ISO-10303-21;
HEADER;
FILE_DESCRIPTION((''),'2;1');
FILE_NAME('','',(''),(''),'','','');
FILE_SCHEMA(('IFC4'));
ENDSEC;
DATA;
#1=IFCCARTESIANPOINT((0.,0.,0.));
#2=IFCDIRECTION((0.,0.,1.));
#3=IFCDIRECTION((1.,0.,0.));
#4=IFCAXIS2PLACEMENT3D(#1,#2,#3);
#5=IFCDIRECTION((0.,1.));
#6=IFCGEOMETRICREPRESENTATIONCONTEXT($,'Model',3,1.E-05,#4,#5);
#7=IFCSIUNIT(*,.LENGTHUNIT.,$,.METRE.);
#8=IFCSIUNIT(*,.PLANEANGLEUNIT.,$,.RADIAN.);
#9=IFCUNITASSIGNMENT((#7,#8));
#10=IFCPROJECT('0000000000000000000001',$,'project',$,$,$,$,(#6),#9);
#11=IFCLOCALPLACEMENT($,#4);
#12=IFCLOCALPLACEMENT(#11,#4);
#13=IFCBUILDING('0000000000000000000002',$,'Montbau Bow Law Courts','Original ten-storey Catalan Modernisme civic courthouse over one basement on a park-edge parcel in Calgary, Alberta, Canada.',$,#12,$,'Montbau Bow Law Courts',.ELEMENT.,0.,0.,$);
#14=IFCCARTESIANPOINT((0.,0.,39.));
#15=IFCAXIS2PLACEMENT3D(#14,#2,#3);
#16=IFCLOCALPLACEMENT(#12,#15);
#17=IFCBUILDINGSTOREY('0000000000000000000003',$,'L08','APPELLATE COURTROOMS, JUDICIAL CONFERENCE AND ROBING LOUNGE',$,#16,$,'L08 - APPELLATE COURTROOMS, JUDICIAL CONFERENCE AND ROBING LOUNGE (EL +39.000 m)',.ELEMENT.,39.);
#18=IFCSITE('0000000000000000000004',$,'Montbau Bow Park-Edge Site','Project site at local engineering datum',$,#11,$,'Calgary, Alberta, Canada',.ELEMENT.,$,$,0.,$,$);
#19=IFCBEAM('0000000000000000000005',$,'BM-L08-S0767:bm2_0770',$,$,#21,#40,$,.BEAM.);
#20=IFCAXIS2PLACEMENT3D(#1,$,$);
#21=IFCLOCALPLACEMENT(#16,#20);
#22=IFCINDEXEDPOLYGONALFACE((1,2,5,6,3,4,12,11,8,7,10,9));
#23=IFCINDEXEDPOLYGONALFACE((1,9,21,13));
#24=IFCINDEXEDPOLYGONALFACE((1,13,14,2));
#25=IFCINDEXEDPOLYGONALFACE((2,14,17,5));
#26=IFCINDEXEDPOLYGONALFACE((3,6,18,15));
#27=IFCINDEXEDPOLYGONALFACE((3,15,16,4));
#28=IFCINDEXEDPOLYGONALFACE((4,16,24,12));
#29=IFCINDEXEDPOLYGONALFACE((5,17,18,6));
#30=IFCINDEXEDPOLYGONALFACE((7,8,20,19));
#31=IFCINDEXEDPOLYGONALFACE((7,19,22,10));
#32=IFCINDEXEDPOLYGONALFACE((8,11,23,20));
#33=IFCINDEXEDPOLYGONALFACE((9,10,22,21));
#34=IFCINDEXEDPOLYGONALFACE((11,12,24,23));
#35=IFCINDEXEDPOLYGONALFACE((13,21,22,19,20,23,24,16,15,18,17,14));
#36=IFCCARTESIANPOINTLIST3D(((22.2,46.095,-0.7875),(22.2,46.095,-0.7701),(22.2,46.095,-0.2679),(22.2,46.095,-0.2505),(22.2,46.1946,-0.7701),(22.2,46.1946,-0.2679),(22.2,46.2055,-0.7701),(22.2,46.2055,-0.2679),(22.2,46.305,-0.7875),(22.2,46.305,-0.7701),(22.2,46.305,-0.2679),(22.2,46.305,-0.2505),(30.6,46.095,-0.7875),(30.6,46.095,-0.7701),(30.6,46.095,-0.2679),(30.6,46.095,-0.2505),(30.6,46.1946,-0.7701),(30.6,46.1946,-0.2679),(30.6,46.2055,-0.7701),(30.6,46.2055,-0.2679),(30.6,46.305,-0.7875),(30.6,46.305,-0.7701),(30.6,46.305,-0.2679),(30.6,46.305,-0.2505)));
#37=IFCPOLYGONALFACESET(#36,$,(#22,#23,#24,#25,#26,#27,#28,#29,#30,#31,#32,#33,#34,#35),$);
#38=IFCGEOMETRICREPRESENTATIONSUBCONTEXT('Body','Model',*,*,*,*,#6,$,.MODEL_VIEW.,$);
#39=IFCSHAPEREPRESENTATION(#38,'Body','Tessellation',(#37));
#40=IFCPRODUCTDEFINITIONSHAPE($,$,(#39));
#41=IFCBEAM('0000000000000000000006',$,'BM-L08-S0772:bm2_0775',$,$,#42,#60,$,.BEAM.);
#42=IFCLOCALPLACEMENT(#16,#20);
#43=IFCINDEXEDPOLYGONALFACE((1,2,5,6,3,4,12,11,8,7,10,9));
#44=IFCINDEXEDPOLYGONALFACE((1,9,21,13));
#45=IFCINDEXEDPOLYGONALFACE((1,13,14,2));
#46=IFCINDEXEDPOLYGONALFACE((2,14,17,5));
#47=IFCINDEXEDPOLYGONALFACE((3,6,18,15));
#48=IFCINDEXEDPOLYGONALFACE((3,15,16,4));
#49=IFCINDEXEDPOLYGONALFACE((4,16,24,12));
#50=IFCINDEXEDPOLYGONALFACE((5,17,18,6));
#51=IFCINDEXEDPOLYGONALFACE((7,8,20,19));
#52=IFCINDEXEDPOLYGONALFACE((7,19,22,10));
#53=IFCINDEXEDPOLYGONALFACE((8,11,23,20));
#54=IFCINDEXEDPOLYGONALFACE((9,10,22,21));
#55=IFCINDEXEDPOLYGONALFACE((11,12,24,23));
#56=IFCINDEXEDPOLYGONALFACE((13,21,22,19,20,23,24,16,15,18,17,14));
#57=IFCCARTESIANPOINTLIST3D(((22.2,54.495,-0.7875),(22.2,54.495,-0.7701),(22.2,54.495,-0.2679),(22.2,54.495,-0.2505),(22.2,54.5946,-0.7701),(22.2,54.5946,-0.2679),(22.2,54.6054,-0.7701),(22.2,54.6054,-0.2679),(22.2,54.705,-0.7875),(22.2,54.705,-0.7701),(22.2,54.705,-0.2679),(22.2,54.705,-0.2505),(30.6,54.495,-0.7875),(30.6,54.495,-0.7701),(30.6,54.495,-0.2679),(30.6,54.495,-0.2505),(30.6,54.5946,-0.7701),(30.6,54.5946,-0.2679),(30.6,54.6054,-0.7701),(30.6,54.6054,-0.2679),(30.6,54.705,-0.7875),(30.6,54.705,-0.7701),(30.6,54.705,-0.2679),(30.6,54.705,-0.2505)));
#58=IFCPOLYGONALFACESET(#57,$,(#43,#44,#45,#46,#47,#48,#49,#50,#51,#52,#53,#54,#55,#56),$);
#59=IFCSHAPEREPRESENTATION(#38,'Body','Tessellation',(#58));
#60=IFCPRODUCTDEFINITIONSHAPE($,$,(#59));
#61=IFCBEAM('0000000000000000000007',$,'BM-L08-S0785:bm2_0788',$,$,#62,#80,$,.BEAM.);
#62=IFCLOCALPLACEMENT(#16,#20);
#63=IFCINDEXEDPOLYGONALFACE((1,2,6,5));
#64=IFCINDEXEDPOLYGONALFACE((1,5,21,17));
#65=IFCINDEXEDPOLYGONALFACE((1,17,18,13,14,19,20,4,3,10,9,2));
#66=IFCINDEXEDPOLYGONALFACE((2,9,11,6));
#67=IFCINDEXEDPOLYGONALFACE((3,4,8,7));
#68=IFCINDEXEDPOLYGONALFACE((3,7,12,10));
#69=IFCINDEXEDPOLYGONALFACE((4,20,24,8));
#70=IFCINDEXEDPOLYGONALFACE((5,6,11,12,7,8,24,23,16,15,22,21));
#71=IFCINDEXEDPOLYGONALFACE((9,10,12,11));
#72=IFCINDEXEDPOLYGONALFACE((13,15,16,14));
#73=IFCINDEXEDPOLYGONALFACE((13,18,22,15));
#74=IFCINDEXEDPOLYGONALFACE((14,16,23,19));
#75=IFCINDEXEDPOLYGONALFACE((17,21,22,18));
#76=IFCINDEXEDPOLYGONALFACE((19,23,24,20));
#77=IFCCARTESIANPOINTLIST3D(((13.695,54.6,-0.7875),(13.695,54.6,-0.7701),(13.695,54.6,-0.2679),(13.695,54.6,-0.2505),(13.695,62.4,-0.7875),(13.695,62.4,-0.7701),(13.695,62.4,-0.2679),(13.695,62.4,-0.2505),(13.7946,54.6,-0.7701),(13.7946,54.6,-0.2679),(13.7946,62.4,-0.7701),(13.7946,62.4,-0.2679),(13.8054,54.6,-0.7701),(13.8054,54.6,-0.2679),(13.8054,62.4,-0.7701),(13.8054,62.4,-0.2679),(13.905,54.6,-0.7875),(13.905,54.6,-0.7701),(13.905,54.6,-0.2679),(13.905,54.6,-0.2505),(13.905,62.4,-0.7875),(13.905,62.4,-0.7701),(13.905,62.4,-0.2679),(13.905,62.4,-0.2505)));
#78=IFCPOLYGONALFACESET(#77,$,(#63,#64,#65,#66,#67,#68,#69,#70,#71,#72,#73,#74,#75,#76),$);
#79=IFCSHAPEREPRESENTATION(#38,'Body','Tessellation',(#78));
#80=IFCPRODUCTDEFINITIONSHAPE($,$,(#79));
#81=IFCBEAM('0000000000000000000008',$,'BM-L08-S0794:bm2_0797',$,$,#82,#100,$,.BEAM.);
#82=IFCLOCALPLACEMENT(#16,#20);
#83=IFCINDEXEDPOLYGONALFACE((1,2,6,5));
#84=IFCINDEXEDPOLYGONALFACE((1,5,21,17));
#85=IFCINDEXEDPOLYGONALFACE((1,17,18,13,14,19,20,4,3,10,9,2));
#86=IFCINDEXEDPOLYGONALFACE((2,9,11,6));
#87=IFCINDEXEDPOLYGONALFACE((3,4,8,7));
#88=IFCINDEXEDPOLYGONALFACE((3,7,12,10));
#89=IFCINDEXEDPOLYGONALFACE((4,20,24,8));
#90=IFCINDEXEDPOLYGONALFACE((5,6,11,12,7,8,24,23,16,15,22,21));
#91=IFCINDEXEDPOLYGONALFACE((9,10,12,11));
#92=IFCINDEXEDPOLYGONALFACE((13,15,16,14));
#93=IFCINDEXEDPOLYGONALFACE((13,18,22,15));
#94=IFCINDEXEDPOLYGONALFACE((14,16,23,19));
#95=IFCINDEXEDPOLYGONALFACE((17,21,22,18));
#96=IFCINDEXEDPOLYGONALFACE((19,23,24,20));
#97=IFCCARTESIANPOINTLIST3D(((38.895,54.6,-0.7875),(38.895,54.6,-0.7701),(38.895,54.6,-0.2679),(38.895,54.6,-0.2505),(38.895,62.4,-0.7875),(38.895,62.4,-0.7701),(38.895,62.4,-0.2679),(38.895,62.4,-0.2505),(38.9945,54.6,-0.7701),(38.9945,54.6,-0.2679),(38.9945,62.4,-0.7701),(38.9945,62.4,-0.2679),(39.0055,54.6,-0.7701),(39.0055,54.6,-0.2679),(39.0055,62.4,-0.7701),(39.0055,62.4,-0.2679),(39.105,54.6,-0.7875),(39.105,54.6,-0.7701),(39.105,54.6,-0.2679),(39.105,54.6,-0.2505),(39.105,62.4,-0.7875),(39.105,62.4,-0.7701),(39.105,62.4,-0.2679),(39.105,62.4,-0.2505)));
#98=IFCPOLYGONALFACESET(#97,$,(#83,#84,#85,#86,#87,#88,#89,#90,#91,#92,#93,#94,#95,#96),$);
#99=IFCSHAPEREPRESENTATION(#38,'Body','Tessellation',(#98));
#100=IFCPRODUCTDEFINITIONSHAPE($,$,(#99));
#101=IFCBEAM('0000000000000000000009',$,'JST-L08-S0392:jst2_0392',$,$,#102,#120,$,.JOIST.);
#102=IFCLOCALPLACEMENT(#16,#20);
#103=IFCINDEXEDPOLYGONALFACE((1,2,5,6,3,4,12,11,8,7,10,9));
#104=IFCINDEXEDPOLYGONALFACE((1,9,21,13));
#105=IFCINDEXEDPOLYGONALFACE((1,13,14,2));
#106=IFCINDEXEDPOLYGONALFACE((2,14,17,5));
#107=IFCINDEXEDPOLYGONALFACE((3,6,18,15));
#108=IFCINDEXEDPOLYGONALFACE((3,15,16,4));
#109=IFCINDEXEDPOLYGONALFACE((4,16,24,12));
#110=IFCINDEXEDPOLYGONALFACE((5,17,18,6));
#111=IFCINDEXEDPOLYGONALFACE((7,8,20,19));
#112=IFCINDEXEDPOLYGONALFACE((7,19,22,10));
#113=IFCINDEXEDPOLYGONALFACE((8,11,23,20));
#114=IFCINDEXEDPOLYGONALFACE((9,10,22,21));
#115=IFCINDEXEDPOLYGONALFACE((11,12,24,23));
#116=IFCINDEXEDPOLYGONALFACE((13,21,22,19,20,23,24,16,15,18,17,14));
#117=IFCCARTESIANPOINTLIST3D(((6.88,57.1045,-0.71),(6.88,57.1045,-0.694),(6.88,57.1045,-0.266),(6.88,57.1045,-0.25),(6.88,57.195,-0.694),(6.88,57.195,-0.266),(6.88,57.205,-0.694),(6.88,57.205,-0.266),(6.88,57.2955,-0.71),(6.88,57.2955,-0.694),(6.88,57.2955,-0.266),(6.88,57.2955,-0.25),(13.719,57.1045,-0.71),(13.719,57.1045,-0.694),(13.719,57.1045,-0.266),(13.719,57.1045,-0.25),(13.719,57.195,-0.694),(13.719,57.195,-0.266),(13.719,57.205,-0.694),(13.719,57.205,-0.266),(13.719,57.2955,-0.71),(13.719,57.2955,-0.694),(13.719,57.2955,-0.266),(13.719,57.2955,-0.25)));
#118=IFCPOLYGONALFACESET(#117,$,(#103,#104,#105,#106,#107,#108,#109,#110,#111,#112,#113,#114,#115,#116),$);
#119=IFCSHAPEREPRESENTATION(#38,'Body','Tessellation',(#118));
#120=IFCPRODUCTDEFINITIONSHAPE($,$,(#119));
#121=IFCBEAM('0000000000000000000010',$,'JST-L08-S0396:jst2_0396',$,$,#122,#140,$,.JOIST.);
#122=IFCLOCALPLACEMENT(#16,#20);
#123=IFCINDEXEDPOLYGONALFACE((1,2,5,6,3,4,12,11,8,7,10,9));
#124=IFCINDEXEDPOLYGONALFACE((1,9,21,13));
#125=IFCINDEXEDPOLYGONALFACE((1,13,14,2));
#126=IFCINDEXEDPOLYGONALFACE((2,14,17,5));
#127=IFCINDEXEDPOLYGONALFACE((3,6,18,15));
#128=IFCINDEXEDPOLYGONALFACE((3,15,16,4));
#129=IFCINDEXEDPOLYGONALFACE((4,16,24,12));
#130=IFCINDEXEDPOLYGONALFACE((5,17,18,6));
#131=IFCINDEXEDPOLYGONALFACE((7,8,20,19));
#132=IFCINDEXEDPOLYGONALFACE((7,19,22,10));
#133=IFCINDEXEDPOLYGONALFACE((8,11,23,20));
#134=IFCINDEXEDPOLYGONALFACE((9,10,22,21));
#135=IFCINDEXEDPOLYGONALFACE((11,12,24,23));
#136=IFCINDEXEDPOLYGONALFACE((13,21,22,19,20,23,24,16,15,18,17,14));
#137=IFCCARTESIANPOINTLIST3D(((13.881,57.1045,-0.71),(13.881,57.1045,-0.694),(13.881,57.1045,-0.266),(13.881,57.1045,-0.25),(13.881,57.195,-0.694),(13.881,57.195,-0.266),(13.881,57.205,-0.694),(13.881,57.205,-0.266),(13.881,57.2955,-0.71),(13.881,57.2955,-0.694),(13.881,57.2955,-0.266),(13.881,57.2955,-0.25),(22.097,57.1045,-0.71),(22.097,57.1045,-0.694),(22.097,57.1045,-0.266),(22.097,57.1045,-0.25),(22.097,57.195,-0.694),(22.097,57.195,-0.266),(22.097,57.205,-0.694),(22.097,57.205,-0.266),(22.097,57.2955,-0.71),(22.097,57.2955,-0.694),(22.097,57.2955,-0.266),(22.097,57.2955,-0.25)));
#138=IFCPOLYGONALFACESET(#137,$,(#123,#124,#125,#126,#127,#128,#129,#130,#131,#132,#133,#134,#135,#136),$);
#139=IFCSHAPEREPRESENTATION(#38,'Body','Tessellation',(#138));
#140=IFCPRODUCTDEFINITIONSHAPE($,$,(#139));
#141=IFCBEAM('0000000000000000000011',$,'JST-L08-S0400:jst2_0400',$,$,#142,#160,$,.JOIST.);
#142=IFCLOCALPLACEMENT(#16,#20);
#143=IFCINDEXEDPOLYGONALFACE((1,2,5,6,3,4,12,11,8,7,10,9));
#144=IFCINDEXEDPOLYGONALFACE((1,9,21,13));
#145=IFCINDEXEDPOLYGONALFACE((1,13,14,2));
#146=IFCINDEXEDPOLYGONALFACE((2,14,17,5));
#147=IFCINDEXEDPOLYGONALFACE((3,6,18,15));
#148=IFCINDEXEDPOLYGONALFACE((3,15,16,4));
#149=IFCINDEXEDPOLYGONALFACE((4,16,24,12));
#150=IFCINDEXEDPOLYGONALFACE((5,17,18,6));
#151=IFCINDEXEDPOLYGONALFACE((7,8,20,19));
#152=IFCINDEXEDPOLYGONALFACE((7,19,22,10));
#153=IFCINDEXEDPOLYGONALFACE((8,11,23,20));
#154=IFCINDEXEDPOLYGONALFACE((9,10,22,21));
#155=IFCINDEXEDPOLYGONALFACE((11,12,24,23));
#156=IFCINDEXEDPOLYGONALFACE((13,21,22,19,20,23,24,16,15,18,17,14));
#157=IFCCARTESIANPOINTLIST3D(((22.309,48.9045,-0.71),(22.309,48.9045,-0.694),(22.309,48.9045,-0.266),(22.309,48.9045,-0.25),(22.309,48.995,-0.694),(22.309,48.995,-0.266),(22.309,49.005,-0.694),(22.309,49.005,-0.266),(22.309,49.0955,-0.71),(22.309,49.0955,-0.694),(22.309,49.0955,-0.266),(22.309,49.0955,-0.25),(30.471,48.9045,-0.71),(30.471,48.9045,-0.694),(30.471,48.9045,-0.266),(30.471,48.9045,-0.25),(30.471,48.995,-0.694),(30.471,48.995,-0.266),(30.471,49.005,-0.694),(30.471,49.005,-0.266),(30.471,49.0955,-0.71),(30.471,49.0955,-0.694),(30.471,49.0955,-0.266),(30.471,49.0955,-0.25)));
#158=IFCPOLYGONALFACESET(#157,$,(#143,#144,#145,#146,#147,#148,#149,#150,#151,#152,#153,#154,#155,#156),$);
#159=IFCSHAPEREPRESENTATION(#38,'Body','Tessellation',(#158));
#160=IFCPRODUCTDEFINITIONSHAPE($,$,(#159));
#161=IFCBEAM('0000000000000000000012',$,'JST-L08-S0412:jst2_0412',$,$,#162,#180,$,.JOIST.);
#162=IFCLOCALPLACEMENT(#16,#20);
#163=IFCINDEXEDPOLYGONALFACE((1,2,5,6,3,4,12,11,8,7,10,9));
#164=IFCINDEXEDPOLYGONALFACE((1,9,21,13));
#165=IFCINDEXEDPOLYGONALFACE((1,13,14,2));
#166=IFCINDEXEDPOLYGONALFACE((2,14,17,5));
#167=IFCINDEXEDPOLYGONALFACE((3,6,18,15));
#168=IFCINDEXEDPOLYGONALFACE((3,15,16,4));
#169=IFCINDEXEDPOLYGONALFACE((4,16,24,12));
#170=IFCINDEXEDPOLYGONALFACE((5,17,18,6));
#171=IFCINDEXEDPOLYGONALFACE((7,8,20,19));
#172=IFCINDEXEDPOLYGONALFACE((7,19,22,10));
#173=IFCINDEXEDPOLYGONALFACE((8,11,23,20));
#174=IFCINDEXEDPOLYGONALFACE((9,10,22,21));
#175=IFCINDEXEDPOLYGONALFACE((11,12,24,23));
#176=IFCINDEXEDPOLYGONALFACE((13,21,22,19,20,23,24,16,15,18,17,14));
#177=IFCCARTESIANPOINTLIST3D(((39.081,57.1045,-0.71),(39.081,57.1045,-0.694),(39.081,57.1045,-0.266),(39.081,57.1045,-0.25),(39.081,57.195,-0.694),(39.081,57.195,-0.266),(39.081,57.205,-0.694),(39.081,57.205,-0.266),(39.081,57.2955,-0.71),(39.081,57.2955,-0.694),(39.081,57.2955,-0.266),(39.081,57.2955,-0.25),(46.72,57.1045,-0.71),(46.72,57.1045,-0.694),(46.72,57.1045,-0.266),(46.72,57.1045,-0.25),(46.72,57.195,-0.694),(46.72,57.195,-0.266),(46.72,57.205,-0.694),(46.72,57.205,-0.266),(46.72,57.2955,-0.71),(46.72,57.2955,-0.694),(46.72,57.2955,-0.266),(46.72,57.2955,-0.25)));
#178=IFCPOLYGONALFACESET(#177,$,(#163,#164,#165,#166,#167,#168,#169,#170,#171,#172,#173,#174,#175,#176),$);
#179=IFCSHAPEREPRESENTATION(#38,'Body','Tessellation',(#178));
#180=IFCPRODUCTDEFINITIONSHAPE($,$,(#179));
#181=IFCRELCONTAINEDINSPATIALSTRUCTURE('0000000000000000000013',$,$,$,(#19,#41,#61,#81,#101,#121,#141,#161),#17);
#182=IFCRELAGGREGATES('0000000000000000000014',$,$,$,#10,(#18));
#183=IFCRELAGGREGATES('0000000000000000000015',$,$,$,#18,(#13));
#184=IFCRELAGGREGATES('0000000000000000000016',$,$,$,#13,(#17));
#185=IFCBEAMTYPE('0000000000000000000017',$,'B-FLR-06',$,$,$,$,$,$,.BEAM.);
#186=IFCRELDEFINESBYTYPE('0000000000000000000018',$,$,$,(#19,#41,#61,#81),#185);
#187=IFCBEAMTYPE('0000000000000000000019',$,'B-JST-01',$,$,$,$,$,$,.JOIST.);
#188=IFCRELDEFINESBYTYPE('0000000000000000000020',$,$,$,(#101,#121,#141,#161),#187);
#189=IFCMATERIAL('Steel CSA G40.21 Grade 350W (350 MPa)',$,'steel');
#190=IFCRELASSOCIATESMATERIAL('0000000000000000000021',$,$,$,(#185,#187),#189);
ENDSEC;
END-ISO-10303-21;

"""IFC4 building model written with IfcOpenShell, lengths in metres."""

from ifc_helpers import new_model, si_unit, direction, frame, origin_with_axes, origin_2d_with_axis, place, context, subcontext, project, spatial, i_section, extrude, material, material_profile, profile_set, type_object, element, save


model = new_model("IFC4")

# Units and contexts
model_context = context("Model", 3, precision=1e-05, world=origin_with_axes(), true_north=direction((0.0, 1.0)))
body_context = subcontext(model_context, "Body", "Model", "MODEL_VIEW")
ifc_project = project(units=[si_unit("LENGTHUNIT", "METRE"), si_unit("PLANEANGLEUNIT", "RADIAN")], contexts=[model_context])

# Site, building, storey
site_placement = place(None, origin_with_axes())
site = spatial("IfcSite", under=ifc_project, at=site_placement, Name="Montbau Bow Park-Edge Site", Description="Project site at local engineering datum", LongName="Calgary, Alberta, Canada", CompositionType="ELEMENT", RefElevation=0.0)
building_placement = place(site_placement, origin_with_axes())
building = spatial("IfcBuilding", under=site, at=building_placement, Name="Montbau Bow Law Courts", Description="Original ten-storey Catalan Modernisme civic courthouse over one basement on a park-edge parcel in Calgary, Alberta, Canada.", LongName="Montbau Bow Law Courts", CompositionType="ELEMENT", ElevationOfRefHeight=0.0, ElevationOfTerrain=0.0)
storey_placement = place(building_placement, frame((0.0, 0.0, 39.0), z_axis=(0.0, 0.0, 1.0), x_axis=(1.0, 0.0, 0.0)))
storey = spatial("IfcBuildingStorey", under=building, at=storey_placement, Name="L08", Description="APPELLATE COURTROOMS, JUDICIAL CONFERENCE AND ROBING LOUNGE", LongName="L08 - APPELLATE COURTROOMS, JUDICIAL CONFERENCE AND ROBING LOUNGE (EL +39.000 m)", CompositionType="ELEMENT", Elevation=39.0)

# Beams
ifc_material_1 = material(Name="Steel CSA G40.21 Grade 350W (350 MPa)", Category="steel")
ifc_material_profile_1 = material_profile(ifc_material_1, i_section(OverallWidth=0.21, OverallDepth=0.537, WebThickness=0.0109, FlangeThickness=0.0174, at=origin_2d_with_axis()), Name="W530X101", Category="Main", Priority=0)
ifc_profile_set_1 = profile_set([ifc_material_profile_1], Name="Steel CSA G40.21 Grade 350W (350 MPa)")
beam_type_1 = type_object("IfcBeamType", Name="B-FLR-06", PredefinedType="BEAM", material=ifc_profile_set_1)
for number, where, z_axis, x_axis, name in (
    (1, (22.2, 46.2, 38.481), (1.0, 0.0, 0.0), (0.0, 1.0, 0.0), "BM-L08-S0767:bm2_0770"),
    (2, (22.2, 54.6, 38.481), (1.0, 0.0, 0.0), (0.0, 1.0, 0.0), "BM-L08-S0772:bm2_0775"),
):
    element("IfcBeam", number, at=place(None, frame(where, z_axis=z_axis, x_axis=x_axis)), inside=storey, type_object=beam_type_1, Name=name, PredefinedType="BEAM", context=body_context, shape_type="SweptSolid", body=[
        extrude(i_section(OverallWidth=0.21, OverallDepth=0.537, WebThickness=0.0109, FlangeThickness=0.0174, at=origin_2d_with_axis()), origin_with_axes(), (0.0, 0.0, 1.0), 8.4),
    ])
for number, where, z_axis, x_axis, name in (
    (3, (13.8, 54.6, 38.481), (0.0, 1.0, 0.0), (-1.0, 0.0, 0.0), "BM-L08-S0785:bm2_0788"),
    (4, (39.0, 54.6, 38.481), (0.0, 1.0, 0.0), (-1.0, 0.0, 0.0), "BM-L08-S0794:bm2_0797"),
):
    element("IfcBeam", number, at=place(None, frame(where, z_axis=z_axis, x_axis=x_axis)), inside=storey, type_object=beam_type_1, Name=name, PredefinedType="BEAM", context=body_context, shape_type="SweptSolid", body=[
        extrude(i_section(OverallWidth=0.21, OverallDepth=0.537, WebThickness=0.0109, FlangeThickness=0.0174, at=origin_2d_with_axis()), origin_with_axes(), (0.0, 0.0, 1.0), 7.8),
    ])
ifc_material_profile_2 = material_profile(ifc_material_1, i_section(OverallWidth=0.191, OverallDepth=0.46, WebThickness=0.0099, FlangeThickness=0.016, at=origin_2d_with_axis()), Name="W460X82", Category="Main", Priority=0)
ifc_profile_set_2 = profile_set([ifc_material_profile_2], Name="Steel CSA G40.21 Grade 350W (350 MPa)")
beam_type_2 = type_object("IfcBeamType", Name="B-JST-01", PredefinedType="JOIST", material=ifc_profile_set_2)
beam_1_placement = place(None, frame((6.88, 57.2, 38.52), z_axis=(1.0, 0.0, 0.0), x_axis=(0.0, 1.0, 0.0)))
element("IfcBeam", 5, at=beam_1_placement, inside=storey, type_object=beam_type_2, Name="JST-L08-S0392:jst2_0392", PredefinedType="JOIST", context=body_context, shape_type="SweptSolid", body=[
    extrude(i_section(OverallWidth=0.191, OverallDepth=0.46, WebThickness=0.0099, FlangeThickness=0.016, at=origin_2d_with_axis()), origin_with_axes(), (0.0, 0.0, 1.0), 6.839),
])
beam_2_placement = place(None, frame((13.881, 57.2, 38.52), z_axis=(1.0, 0.0, 0.0), x_axis=(0.0, 1.0, 0.0)))
element("IfcBeam", 6, at=beam_2_placement, inside=storey, type_object=beam_type_2, Name="JST-L08-S0396:jst2_0396", PredefinedType="JOIST", context=body_context, shape_type="SweptSolid", body=[
    extrude(i_section(OverallWidth=0.191, OverallDepth=0.46, WebThickness=0.0099, FlangeThickness=0.016, at=origin_2d_with_axis()), origin_with_axes(), (0.0, 0.0, 1.0), 8.216),
])
beam_3_placement = place(None, frame((22.309, 49.0, 38.52), z_axis=(1.0, 0.0, 0.0), x_axis=(0.0, 1.0, 0.0)))
element("IfcBeam", 7, at=beam_3_placement, inside=storey, type_object=beam_type_2, Name="JST-L08-S0400:jst2_0400", PredefinedType="JOIST", context=body_context, shape_type="SweptSolid", body=[
    extrude(i_section(OverallWidth=0.191, OverallDepth=0.46, WebThickness=0.0099, FlangeThickness=0.016, at=origin_2d_with_axis()), origin_with_axes(), (0.0, 0.0, 1.0), 8.162),
])
beam_4_placement = place(None, frame((39.081, 57.2, 38.52), z_axis=(1.0, 0.0, 0.0), x_axis=(0.0, 1.0, 0.0)))
element("IfcBeam", 8, at=beam_4_placement, inside=storey, type_object=beam_type_2, Name="JST-L08-S0412:jst2_0412", PredefinedType="JOIST", context=body_context, shape_type="SweptSolid", body=[
    extrude(i_section(OverallWidth=0.191, OverallDepth=0.46, WebThickness=0.0099, FlangeThickness=0.016, at=origin_2d_with_axis()), origin_with_axes(), (0.0, 0.0, 1.0), 7.639),
])

save(model, "model.ifc")
